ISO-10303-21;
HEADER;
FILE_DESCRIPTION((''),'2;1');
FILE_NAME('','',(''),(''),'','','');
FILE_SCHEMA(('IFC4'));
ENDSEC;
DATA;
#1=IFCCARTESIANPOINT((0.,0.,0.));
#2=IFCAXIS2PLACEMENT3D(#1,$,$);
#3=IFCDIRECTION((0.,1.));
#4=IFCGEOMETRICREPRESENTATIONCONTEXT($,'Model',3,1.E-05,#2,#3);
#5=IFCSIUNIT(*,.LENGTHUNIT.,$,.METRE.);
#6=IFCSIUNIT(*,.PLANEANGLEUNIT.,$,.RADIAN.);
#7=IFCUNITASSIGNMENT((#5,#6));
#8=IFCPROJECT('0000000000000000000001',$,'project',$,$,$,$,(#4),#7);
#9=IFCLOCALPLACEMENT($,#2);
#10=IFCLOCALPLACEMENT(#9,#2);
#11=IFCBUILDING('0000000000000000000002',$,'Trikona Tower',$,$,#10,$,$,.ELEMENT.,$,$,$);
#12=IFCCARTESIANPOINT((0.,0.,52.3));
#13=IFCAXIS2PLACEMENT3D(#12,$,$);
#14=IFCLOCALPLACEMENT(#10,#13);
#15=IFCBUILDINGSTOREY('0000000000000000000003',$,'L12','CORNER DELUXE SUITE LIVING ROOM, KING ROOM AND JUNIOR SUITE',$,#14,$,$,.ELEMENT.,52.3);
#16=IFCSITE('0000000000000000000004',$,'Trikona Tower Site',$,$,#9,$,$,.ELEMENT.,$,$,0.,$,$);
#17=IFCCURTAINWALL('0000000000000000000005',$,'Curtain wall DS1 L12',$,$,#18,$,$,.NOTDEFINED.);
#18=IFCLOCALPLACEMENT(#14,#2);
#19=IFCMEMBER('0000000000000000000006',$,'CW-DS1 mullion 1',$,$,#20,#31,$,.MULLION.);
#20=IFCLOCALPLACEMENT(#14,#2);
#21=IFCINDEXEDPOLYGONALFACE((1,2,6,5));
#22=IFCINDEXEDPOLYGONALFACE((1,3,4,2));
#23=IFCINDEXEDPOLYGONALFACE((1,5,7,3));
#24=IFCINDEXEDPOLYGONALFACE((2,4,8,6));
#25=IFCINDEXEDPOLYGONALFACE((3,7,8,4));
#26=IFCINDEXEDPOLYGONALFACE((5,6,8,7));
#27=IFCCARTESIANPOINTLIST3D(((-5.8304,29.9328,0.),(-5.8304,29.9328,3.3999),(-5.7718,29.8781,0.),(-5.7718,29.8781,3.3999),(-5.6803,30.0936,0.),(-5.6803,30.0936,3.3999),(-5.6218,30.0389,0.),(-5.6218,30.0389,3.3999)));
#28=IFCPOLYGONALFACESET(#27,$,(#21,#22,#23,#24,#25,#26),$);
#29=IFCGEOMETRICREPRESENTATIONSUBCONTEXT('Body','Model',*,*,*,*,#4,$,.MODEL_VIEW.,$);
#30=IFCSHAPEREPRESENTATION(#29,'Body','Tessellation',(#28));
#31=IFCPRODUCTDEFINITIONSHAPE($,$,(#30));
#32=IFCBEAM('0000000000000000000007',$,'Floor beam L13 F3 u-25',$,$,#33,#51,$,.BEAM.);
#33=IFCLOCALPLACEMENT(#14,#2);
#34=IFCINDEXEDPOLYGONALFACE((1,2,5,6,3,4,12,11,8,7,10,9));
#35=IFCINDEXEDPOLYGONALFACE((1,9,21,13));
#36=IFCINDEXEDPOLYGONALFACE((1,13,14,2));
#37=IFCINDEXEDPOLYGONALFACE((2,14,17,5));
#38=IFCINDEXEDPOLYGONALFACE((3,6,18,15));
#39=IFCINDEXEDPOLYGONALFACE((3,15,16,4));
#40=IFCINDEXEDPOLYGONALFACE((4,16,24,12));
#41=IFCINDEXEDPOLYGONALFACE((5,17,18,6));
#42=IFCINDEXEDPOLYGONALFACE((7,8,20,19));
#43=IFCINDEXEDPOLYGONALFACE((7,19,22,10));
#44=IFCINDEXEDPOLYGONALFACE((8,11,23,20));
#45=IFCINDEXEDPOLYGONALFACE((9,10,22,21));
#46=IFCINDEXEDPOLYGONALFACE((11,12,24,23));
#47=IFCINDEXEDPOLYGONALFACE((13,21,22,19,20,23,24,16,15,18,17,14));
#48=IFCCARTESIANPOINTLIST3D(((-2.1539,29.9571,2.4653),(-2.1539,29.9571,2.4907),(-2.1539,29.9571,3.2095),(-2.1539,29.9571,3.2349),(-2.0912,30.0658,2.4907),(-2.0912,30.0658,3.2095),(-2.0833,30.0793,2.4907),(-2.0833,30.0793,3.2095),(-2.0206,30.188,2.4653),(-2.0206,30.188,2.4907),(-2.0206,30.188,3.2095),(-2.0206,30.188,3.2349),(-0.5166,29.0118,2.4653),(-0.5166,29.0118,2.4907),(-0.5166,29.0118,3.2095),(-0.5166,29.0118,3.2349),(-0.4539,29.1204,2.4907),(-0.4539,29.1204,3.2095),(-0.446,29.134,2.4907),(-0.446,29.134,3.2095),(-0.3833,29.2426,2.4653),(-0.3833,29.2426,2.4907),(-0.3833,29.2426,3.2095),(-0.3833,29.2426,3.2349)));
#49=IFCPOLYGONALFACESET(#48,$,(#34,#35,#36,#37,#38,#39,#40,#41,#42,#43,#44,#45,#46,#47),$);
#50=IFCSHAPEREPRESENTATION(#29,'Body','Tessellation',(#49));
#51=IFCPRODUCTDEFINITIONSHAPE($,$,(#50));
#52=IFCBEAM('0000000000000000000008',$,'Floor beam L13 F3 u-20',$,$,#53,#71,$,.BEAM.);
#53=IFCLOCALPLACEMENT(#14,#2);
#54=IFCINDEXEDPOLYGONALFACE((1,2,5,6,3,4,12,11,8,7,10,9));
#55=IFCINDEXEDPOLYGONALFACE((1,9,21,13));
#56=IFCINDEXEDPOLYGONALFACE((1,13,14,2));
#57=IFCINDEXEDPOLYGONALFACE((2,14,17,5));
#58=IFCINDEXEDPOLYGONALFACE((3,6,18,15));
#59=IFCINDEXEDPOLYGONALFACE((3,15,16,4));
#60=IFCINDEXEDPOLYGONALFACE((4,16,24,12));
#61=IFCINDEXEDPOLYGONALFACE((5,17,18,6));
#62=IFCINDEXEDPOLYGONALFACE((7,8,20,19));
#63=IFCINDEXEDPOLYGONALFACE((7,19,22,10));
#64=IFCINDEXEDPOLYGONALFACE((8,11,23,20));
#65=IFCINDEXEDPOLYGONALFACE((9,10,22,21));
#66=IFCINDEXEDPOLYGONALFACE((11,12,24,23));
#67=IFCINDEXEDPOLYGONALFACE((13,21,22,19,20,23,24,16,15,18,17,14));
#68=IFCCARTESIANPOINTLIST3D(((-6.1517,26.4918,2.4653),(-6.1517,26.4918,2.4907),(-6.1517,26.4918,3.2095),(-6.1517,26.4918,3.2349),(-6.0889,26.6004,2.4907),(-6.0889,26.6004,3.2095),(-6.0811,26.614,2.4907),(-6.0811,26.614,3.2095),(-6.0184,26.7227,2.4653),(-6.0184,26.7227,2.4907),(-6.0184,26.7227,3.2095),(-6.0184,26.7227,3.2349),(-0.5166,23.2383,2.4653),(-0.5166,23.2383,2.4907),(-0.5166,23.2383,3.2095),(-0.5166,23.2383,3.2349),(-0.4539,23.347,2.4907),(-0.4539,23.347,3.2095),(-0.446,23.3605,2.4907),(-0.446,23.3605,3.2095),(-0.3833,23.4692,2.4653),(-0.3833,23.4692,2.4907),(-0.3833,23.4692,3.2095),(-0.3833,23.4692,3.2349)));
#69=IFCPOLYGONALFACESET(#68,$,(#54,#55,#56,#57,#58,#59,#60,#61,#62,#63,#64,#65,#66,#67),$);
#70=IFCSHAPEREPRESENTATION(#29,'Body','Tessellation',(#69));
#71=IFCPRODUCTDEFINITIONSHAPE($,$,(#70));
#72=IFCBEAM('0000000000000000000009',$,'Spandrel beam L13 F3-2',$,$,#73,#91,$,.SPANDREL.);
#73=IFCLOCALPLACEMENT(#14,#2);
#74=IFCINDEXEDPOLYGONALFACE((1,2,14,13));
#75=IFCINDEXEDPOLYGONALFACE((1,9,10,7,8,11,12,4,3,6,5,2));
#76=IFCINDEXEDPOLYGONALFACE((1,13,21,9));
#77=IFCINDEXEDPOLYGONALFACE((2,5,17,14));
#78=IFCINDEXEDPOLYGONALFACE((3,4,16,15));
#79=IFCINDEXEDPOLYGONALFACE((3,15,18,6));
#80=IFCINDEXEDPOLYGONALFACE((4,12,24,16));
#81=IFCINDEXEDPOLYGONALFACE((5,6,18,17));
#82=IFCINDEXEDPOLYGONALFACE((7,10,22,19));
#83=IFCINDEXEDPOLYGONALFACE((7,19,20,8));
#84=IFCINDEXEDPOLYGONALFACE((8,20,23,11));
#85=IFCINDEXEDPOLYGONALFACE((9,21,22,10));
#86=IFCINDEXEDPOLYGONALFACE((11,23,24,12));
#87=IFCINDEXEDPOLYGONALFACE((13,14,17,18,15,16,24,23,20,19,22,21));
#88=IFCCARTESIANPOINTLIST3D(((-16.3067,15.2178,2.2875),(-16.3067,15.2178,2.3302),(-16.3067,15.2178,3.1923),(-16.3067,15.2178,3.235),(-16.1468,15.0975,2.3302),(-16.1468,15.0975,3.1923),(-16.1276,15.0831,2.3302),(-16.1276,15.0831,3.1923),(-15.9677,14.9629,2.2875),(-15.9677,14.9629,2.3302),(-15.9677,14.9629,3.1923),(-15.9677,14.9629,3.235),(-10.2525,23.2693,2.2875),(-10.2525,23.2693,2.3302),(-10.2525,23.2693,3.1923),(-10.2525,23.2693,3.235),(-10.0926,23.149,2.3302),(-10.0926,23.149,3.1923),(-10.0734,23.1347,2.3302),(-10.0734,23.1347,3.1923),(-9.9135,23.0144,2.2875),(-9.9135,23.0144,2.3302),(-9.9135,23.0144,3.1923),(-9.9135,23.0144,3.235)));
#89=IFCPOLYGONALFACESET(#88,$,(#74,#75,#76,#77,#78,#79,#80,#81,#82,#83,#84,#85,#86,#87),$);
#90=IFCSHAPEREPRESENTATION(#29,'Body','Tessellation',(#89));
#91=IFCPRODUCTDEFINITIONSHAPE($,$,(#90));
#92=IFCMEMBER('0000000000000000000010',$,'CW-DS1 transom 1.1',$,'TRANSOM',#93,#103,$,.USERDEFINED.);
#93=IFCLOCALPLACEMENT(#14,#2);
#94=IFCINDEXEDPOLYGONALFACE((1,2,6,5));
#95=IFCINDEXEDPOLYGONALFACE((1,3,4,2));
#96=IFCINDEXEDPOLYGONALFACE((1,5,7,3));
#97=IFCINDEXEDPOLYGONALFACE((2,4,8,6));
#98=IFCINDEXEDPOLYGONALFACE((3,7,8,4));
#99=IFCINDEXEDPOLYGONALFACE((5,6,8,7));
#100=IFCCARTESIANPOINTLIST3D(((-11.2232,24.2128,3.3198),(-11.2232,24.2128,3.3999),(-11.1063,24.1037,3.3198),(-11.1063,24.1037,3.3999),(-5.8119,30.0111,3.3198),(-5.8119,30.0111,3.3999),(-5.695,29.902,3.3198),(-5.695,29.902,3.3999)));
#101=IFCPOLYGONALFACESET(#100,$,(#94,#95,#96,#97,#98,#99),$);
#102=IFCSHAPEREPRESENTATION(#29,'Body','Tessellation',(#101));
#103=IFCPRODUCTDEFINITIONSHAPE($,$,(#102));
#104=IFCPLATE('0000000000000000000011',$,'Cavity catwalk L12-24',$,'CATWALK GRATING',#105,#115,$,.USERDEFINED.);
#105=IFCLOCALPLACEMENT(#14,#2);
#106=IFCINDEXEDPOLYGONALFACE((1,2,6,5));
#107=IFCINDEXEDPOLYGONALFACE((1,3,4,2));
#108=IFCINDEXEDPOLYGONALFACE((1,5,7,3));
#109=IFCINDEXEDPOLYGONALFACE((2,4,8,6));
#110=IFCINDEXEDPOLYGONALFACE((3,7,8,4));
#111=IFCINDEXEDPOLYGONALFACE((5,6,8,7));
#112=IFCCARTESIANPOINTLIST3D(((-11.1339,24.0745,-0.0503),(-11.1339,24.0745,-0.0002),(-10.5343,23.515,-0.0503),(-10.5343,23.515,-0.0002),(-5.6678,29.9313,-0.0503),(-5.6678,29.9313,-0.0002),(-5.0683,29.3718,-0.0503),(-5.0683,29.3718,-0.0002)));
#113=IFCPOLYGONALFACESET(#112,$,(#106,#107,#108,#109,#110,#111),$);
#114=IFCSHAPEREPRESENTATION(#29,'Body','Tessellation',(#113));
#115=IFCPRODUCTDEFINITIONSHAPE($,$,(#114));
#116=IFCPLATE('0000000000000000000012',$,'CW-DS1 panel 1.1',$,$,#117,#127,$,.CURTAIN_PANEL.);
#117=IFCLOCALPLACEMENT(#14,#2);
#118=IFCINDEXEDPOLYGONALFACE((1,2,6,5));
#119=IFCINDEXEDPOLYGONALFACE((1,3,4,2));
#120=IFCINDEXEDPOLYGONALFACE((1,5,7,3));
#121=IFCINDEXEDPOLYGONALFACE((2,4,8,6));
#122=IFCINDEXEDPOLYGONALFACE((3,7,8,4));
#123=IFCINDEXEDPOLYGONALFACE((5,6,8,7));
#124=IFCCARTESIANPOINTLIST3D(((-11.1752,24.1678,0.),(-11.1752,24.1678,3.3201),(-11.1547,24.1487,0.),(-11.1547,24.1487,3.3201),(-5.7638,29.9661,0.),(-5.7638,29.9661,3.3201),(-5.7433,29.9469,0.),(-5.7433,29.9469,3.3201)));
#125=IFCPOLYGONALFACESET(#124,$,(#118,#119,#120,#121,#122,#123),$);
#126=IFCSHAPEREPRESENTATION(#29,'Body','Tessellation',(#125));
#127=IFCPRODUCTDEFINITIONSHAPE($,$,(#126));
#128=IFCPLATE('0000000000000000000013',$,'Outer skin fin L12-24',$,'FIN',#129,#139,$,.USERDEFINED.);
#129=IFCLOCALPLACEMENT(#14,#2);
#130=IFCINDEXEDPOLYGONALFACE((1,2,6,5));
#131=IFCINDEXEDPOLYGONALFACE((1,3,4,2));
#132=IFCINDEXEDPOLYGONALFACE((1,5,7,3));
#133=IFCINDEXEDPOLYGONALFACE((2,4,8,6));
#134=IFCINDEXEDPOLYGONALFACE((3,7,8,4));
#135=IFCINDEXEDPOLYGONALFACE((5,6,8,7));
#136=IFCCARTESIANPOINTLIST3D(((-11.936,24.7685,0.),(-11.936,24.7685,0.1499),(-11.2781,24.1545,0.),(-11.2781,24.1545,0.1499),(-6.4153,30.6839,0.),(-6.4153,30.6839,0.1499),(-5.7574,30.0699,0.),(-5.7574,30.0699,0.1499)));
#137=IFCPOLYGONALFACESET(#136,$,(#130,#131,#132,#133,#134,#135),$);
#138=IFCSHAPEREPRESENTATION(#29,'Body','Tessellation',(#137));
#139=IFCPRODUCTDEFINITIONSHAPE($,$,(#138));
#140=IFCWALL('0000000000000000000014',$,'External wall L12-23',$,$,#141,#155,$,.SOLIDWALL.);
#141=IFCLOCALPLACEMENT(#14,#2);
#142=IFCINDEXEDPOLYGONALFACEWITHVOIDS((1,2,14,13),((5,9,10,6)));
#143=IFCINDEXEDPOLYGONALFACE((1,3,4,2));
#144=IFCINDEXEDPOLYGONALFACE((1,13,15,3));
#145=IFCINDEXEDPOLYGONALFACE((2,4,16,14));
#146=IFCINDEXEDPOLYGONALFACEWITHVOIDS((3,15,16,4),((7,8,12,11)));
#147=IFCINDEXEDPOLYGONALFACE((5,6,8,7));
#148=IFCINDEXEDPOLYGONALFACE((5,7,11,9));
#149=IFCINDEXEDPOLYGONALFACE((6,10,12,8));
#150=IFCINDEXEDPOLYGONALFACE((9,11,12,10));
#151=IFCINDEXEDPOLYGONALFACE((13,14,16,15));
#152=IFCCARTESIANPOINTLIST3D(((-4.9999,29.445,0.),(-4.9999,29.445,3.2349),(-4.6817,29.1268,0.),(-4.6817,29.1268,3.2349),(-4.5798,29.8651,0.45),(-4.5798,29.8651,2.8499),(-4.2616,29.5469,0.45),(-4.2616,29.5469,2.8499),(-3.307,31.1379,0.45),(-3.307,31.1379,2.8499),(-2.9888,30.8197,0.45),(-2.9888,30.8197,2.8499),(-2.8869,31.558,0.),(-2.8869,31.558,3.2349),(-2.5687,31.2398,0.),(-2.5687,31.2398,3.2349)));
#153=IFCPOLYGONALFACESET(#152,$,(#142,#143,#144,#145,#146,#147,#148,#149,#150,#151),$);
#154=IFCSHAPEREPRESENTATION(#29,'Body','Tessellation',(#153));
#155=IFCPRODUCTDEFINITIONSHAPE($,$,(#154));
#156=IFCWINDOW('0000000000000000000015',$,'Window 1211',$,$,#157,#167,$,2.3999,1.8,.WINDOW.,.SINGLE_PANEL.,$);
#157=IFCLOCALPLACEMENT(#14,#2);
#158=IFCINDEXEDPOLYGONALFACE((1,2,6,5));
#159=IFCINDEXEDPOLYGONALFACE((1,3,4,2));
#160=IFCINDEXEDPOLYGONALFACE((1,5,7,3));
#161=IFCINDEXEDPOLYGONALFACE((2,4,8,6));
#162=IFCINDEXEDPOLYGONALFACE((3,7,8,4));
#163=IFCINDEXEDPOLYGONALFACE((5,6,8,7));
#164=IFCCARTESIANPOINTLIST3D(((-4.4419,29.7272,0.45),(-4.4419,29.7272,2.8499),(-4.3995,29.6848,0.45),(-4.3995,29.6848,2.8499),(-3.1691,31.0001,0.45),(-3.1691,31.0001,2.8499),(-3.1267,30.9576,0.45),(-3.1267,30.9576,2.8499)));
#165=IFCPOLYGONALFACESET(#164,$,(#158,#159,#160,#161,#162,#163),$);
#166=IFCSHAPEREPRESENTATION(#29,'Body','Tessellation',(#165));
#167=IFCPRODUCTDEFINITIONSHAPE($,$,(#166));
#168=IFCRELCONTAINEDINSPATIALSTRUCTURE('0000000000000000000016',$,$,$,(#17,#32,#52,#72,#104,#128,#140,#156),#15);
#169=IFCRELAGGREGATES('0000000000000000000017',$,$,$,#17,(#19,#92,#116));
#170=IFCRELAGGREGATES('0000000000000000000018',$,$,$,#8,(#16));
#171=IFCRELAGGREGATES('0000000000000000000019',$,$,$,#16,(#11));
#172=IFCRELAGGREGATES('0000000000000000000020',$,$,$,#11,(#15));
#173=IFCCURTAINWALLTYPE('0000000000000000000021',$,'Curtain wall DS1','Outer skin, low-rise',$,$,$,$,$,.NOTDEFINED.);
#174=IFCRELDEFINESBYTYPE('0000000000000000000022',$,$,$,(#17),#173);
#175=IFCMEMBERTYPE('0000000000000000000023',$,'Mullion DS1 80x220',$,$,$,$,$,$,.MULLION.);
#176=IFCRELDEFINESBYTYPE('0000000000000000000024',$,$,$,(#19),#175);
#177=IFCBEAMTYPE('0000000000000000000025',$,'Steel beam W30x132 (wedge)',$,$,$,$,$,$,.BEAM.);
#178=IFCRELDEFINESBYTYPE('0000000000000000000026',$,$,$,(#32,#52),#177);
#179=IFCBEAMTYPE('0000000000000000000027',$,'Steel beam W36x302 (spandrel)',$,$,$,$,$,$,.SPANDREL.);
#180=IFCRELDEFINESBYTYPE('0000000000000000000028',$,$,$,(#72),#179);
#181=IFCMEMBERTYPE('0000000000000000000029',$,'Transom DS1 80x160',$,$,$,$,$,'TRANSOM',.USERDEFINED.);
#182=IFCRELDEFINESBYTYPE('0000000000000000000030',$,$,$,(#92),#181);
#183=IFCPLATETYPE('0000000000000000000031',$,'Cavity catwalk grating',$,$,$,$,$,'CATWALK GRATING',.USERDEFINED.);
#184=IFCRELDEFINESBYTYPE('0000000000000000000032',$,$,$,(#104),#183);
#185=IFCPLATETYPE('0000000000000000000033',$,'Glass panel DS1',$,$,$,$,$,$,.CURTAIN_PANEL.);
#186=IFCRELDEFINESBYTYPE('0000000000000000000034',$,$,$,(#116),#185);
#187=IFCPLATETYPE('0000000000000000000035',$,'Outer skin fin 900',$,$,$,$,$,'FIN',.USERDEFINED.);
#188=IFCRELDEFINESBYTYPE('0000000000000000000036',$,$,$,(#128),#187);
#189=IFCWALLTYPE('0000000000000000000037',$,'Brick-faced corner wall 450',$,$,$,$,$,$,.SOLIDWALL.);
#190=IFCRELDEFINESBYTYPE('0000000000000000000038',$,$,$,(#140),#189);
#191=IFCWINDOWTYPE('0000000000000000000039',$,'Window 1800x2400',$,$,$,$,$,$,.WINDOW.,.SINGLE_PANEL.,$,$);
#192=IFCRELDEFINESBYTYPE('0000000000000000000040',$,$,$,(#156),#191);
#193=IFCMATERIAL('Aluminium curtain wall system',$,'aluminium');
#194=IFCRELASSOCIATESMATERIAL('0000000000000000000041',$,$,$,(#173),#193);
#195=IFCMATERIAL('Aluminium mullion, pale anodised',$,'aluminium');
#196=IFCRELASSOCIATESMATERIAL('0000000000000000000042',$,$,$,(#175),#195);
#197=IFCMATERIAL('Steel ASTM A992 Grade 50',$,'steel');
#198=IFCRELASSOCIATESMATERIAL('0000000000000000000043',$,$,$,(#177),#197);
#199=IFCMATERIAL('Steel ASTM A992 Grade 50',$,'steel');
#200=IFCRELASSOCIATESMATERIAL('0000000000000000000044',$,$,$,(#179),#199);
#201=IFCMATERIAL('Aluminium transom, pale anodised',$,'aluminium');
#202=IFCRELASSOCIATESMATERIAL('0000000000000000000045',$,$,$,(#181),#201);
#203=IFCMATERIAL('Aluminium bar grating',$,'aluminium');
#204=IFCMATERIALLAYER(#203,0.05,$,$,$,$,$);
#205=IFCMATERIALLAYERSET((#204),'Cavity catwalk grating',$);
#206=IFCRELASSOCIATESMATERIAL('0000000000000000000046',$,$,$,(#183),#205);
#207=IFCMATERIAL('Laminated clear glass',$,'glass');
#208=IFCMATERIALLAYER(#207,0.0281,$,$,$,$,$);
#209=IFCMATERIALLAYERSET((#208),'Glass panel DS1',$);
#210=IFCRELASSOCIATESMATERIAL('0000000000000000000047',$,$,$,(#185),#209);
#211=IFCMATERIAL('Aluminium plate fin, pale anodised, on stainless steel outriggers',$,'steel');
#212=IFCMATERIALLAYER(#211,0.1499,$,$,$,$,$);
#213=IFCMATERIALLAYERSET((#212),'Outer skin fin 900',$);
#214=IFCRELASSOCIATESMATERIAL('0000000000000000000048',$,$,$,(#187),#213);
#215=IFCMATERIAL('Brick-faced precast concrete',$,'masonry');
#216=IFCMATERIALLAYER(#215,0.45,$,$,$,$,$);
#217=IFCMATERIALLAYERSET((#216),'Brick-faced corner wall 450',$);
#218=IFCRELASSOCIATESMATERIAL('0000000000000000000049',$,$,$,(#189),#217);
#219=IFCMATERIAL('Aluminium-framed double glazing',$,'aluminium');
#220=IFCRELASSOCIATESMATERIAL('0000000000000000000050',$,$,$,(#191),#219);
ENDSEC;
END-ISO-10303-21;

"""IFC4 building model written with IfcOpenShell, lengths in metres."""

from ifc_helpers import new_model, si_unit, direction, frame, frame_2d, origin, origin_2d, place, context, subcontext, project, spatial, rectangle, i_section, extrude, material, layer, layer_set, material_profile, profile_set, type_object, element, fill, aggregate, save


model = new_model("IFC4")

# Units and contexts
model_context = context("Model", 3, precision=1e-05, world=origin(), true_north=direction((0.0, 1.0)))
body_context = subcontext(model_context, "Body", "Model", "MODEL_VIEW")
ifc_project = project(units=[si_unit("LENGTHUNIT", "METRE"), si_unit("PLANEANGLEUNIT", "RADIAN")], contexts=[model_context])

# Site, building, storey
site_placement = place(None, origin())
site = spatial("IfcSite", under=ifc_project, at=site_placement, Name="Trikona Tower Site", CompositionType="ELEMENT", RefElevation=0.0)
building_placement = place(site_placement, origin())
building = spatial("IfcBuilding", under=site, at=building_placement, Name="Trikona Tower", CompositionType="ELEMENT")
storey_placement = place(building_placement, frame((0.0, 0.0, 52.3)))
storey = spatial("IfcBuildingStorey", under=building, at=storey_placement, Name="L12", Description="CORNER DELUXE SUITE LIVING ROOM, KING ROOM AND JUNIOR SUITE", CompositionType="ELEMENT", Elevation=52.3)

# Curtain wall, member
ifc_material_1 = material(Name="Aluminium curtain wall system", Category="aluminium")
curtain_wall_type = type_object("IfcCurtainWallType", Name="Curtain wall DS1", Description="Outer skin, low-rise", PredefinedType="NOTDEFINED", material=ifc_material_1)
curtain_wall_placement = place(storey_placement, origin())
curtain_wall = element("IfcCurtainWall", 1, at=curtain_wall_placement, inside=storey, type_object=curtain_wall_type, Name="Curtain wall DS1 L12", PredefinedType="NOTDEFINED")
ifc_material_2 = material(Name="Aluminium mullion, pale anodised", Category="aluminium")
ifc_material_profile_1 = material_profile(ifc_material_2, rectangle(XDim=0.0801, YDim=0.22, at=origin_2d()), Name="MUL-DS1")
ifc_profile_set_1 = profile_set([ifc_material_profile_1], Name="Aluminium mullion, pale anodised")
member_type_1 = type_object("IfcMemberType", Name="Mullion DS1 80x220", PredefinedType="MULLION", material=ifc_profile_set_1)
member_1_placement = place(storey_placement, frame((-5.7261, 29.9858, 0.0), z_axis=(0.0, 0.0, 1.0), x_axis=(0.731077, -0.682295, 0.0)))
member_1 = element("IfcMember", 2, at=member_1_placement, type_object=member_type_1, Name="CW-DS1 mullion 1", PredefinedType="MULLION", context=body_context, shape_type="SweptSolid", body=[
    extrude(rectangle(XDim=0.0801, YDim=0.22, at=origin_2d()), origin(), (0.0, 0.0, 1.0), 3.3999),
])

# Beams
ifc_material_3 = material(Name="Steel ASTM A992 Grade 50", Category="steel")
ifc_material_profile_2 = material_profile(ifc_material_3, i_section(OverallWidth=0.2666, OverallDepth=0.7695, WebThickness=0.0156, FlangeThickness=0.0254, at=origin_2d()), Name="W30X132")
ifc_profile_set_2 = profile_set([ifc_material_profile_2], Name="Steel ASTM A992 Grade 50")
beam_type_1 = type_object("IfcBeamType", Name="Steel beam W30x132 (wedge)", PredefinedType="BEAM", material=ifc_profile_set_2)
beam_1_placement = place(storey_placement, frame((-0.45, 29.1272, 2.8501), z_axis=(-0.866009, 0.500028, 0.0), x_axis=(-0.500028, -0.866009, 0.0)))
element("IfcBeam", 3, at=beam_1_placement, inside=storey, type_object=beam_type_1, Name="Floor beam L13 F3 u-25", PredefinedType="BEAM", context=body_context, shape_type="SweptSolid", body=[
    extrude(i_section(OverallWidth=0.2666, OverallDepth=0.7695, WebThickness=0.0156, FlangeThickness=0.0254, at=origin_2d()), origin(), (0.0, 0.0, 1.0), 1.8906),
])
beam_2_placement = place(storey_placement, frame((-0.45, 23.3538, 2.8501), z_axis=(-0.866023, 0.500005, 0.0), x_axis=(-0.500005, -0.866023, 0.0)))
element("IfcBeam", 4, at=beam_2_placement, inside=storey, type_object=beam_type_1, Name="Floor beam L13 F3 u-20", PredefinedType="BEAM", context=body_context, shape_type="SweptSolid", body=[
    extrude(i_section(OverallWidth=0.2666, OverallDepth=0.7695, WebThickness=0.0156, FlangeThickness=0.0254, at=origin_2d()), origin(), (0.0, 0.0, 1.0), 6.5068),
])
ifc_material_4 = material(Name="Steel ASTM A992 Grade 50", Category="steel")
ifc_material_profile_3 = material_profile(ifc_material_4, i_section(OverallWidth=0.4241, OverallDepth=0.9475, WebThickness=0.0239, FlangeThickness=0.0427, at=origin_2d()), Name="W36X302")
ifc_profile_set_3 = profile_set([ifc_material_profile_3], Name="Steel ASTM A992 Grade 50")
beam_type_2 = type_object("IfcBeamType", Name="Steel beam W36x302 (spandrel)", PredefinedType="SPANDREL", material=ifc_profile_set_3)
beam_3_placement = place(storey_placement, frame((-10.083, 23.1418, 2.7612), z_axis=(-0.600988, -0.799258, 0.0), x_axis=(0.799258, -0.600988, 0.0)))
element("IfcBeam", 5, at=beam_3_placement, inside=storey, type_object=beam_type_2, Name="Spandrel beam L13 F3-2", PredefinedType="SPANDREL", context=body_context, shape_type="SweptSolid", body=[
    extrude(i_section(OverallWidth=0.4241, OverallDepth=0.9475, WebThickness=0.0239, FlangeThickness=0.0427, at=origin_2d()), origin(), (0.0, 0.0, 1.0), 10.0737),
])

# Member
ifc_material_5 = material(Name="Aluminium transom, pale anodised", Category="aluminium")
ifc_material_profile_4 = material_profile(ifc_material_5, rectangle(XDim=0.1599, YDim=0.0801, at=origin_2d()), Name="TRN-DS1")
ifc_profile_set_4 = profile_set([ifc_material_profile_4], Name="Aluminium transom, pale anodised")
member_type_2 = type_object("IfcMemberType", Name="Transom DS1 80x160", ElementType="TRANSOM", PredefinedType="USERDEFINED", material=ifc_profile_set_4)
member_2_placement = place(storey_placement, frame((-5.7534, 29.9565, 3.3599), z_axis=(-0.682291, -0.731081, 0.0), x_axis=(0.731081, -0.682291, 0.0)))
member_2 = element("IfcMember", 6, at=member_2_placement, type_object=member_type_2, Name="CW-DS1 transom 1.1", ObjectType="TRANSOM", PredefinedType="USERDEFINED", context=body_context, shape_type="SweptSolid", body=[
    extrude(rectangle(XDim=0.1599, YDim=0.0801, at=origin_2d()), origin(), (0.0, 0.0, 1.0), 7.9312),
])

# Plates
ifc_material_6 = material(Name="Aluminium bar grating", Category="aluminium")
ifc_layer_1 = layer(ifc_material_6, 0.05)
ifc_layer_set_1 = layer_set([ifc_layer_1], Name="Cavity catwalk grating")
plate_type_1 = type_object("IfcPlateType", Name="Cavity catwalk grating", ElementType="CATWALK GRATING", PredefinedType="USERDEFINED", material=ifc_layer_set_1)
plate_1_placement = place(storey_placement, frame((-8.1011, 26.7231, -0.0503), z_axis=(0.0, 0.0, 1.0), x_axis=(-0.682298, -0.731074, 0.0)))
element("IfcPlate", 7, at=plate_1_placement, inside=storey, type_object=plate_type_1, Name="Cavity catwalk L12-24", ObjectType="CATWALK GRATING", PredefinedType="USERDEFINED", context=body_context, shape_type="SweptSolid", body=[
    extrude(rectangle(XDim=8.0112, YDim=0.8201, at=origin_2d()), origin(), (0.0, 0.0, 1.0), 0.05),
])
ifc_material_7 = material(Name="Laminated clear glass", Category="glass")
ifc_layer_2 = layer(ifc_material_7, 0.0281)
ifc_layer_set_2 = layer_set([ifc_layer_2], Name="Glass panel DS1")
plate_type_2 = type_object("IfcPlateType", Name="Glass panel DS1", PredefinedType="CURTAIN_PANEL", material=ifc_layer_set_2)
plate_2_placement = place(storey_placement, frame((-8.4592, 27.0574, 0.0), z_axis=(0.0, 0.0, 1.0), x_axis=(-0.682295, -0.731077, 0.0)))
plate_2 = element("IfcPlate", 8, at=plate_2_placement, type_object=plate_type_2, Name="CW-DS1 panel 1.1", PredefinedType="CURTAIN_PANEL", context=body_context, shape_type="SweptSolid", body=[
    extrude(rectangle(XDim=7.9312, YDim=0.0281, at=origin_2d()), origin(), (0.0, 0.0, 1.0), 3.3201),
])
aggregate(curtain_wall, [member_1, member_2, plate_2])
ifc_material_8 = material(Name="Aluminium plate fin, pale anodised, on stainless steel outriggers", Category="steel")
ifc_layer_3 = layer(ifc_material_8, 0.1499)
ifc_layer_set_3 = layer_set([ifc_layer_3], Name="Outer skin fin 900")
plate_type_3 = type_object("IfcPlateType", Name="Outer skin fin 900", ElementType="FIN", PredefinedType="USERDEFINED", material=ifc_layer_set_3)
plate_3_placement = place(storey_placement, frame((-8.8467, 27.4192, 0.0), z_axis=(0.0, 0.0, 1.0), x_axis=(-0.682298, -0.731074, 0.0)))
element("IfcPlate", 9, at=plate_3_placement, inside=storey, type_object=plate_type_3, Name="Outer skin fin L12-24", ObjectType="FIN", PredefinedType="USERDEFINED", context=body_context, shape_type="SweptSolid", body=[
    extrude(rectangle(XDim=8.0913, YDim=0.8999, at=origin_2d()), origin(), (0.0, 0.0, 1.0), 0.1499),
])

# Wall, opening, window
ifc_material_9 = material(Name="Brick-faced precast concrete", Category="masonry")
ifc_layer_4 = layer(ifc_material_9, 0.45)
ifc_layer_set_4 = layer_set([ifc_layer_4], Name="Brick-faced corner wall 450")
wall_type_1 = type_object("IfcWallType", Name="Brick-faced corner wall 450", PredefinedType="SOLIDWALL", material=ifc_layer_set_4)
wall_1_placement = place(storey_placement, frame((-2.7278, 31.3989, 0.0), z_axis=(0.0, 0.0, 1.0), x_axis=(-0.707107, -0.707107, 0.0)))
wall_1 = element("IfcWall", 10, at=wall_1_placement, inside=storey, type_object=wall_type_1, Name="External wall L12-23", PredefinedType="SOLIDWALL", context=body_context, shape_type="SweptSolid", body=[
    extrude(rectangle(XDim=2.9883, YDim=0.45, at=frame_2d((1.4941, 0.0))), origin(), (0.0, 0.0, 1.0), 3.2349),
])
opening_1_placement = place(wall_1_placement, frame((0.5942, 0.0, 0.45)))
opening_1 = element("IfcOpeningElement", 11, at=opening_1_placement, cuts=wall_1, PredefinedType="OPENING", context=body_context, shape_type="SweptSolid", body=[
    extrude(rectangle(XDim=1.8, YDim=2.3999, at=frame_2d((0.8999, 1.2))), frame((0.0, 0.2349, 0.0), z_axis=(0.0, -1.0, 0.0), x_axis=(1.0, 0.0, 0.0)), (0.0, 0.0, 1.0), 0.47),
])
ifc_material_10 = material(Name="Aluminium-framed double glazing", Category="aluminium")
window_type_1 = type_object("IfcWindowType", Name="Window 1800x2400", PartitioningType="SINGLE_PANEL", PredefinedType="WINDOW", material=ifc_material_10)
window_1_placement = place(opening_1_placement, origin())
window_1 = element("IfcWindow", 12, at=window_1_placement, inside=storey, type_object=window_type_1, Name="Window 1211", OverallHeight=2.3999, OverallWidth=1.8, PartitioningType="SINGLE_PANEL", PredefinedType="WINDOW", context=body_context, shape_type="SweptSolid", body=[
    extrude(rectangle(XDim=1.8, YDim=2.3999, at=frame_2d((0.8999, 1.2))), frame((0.0, 0.03, 0.0), z_axis=(0.0, -1.0, 0.0), x_axis=(1.0, 0.0, 0.0)), (0.0, 0.0, 1.0), 0.0601),
])
fill(opening_1, window_1)

save(model, "model.ifc")
